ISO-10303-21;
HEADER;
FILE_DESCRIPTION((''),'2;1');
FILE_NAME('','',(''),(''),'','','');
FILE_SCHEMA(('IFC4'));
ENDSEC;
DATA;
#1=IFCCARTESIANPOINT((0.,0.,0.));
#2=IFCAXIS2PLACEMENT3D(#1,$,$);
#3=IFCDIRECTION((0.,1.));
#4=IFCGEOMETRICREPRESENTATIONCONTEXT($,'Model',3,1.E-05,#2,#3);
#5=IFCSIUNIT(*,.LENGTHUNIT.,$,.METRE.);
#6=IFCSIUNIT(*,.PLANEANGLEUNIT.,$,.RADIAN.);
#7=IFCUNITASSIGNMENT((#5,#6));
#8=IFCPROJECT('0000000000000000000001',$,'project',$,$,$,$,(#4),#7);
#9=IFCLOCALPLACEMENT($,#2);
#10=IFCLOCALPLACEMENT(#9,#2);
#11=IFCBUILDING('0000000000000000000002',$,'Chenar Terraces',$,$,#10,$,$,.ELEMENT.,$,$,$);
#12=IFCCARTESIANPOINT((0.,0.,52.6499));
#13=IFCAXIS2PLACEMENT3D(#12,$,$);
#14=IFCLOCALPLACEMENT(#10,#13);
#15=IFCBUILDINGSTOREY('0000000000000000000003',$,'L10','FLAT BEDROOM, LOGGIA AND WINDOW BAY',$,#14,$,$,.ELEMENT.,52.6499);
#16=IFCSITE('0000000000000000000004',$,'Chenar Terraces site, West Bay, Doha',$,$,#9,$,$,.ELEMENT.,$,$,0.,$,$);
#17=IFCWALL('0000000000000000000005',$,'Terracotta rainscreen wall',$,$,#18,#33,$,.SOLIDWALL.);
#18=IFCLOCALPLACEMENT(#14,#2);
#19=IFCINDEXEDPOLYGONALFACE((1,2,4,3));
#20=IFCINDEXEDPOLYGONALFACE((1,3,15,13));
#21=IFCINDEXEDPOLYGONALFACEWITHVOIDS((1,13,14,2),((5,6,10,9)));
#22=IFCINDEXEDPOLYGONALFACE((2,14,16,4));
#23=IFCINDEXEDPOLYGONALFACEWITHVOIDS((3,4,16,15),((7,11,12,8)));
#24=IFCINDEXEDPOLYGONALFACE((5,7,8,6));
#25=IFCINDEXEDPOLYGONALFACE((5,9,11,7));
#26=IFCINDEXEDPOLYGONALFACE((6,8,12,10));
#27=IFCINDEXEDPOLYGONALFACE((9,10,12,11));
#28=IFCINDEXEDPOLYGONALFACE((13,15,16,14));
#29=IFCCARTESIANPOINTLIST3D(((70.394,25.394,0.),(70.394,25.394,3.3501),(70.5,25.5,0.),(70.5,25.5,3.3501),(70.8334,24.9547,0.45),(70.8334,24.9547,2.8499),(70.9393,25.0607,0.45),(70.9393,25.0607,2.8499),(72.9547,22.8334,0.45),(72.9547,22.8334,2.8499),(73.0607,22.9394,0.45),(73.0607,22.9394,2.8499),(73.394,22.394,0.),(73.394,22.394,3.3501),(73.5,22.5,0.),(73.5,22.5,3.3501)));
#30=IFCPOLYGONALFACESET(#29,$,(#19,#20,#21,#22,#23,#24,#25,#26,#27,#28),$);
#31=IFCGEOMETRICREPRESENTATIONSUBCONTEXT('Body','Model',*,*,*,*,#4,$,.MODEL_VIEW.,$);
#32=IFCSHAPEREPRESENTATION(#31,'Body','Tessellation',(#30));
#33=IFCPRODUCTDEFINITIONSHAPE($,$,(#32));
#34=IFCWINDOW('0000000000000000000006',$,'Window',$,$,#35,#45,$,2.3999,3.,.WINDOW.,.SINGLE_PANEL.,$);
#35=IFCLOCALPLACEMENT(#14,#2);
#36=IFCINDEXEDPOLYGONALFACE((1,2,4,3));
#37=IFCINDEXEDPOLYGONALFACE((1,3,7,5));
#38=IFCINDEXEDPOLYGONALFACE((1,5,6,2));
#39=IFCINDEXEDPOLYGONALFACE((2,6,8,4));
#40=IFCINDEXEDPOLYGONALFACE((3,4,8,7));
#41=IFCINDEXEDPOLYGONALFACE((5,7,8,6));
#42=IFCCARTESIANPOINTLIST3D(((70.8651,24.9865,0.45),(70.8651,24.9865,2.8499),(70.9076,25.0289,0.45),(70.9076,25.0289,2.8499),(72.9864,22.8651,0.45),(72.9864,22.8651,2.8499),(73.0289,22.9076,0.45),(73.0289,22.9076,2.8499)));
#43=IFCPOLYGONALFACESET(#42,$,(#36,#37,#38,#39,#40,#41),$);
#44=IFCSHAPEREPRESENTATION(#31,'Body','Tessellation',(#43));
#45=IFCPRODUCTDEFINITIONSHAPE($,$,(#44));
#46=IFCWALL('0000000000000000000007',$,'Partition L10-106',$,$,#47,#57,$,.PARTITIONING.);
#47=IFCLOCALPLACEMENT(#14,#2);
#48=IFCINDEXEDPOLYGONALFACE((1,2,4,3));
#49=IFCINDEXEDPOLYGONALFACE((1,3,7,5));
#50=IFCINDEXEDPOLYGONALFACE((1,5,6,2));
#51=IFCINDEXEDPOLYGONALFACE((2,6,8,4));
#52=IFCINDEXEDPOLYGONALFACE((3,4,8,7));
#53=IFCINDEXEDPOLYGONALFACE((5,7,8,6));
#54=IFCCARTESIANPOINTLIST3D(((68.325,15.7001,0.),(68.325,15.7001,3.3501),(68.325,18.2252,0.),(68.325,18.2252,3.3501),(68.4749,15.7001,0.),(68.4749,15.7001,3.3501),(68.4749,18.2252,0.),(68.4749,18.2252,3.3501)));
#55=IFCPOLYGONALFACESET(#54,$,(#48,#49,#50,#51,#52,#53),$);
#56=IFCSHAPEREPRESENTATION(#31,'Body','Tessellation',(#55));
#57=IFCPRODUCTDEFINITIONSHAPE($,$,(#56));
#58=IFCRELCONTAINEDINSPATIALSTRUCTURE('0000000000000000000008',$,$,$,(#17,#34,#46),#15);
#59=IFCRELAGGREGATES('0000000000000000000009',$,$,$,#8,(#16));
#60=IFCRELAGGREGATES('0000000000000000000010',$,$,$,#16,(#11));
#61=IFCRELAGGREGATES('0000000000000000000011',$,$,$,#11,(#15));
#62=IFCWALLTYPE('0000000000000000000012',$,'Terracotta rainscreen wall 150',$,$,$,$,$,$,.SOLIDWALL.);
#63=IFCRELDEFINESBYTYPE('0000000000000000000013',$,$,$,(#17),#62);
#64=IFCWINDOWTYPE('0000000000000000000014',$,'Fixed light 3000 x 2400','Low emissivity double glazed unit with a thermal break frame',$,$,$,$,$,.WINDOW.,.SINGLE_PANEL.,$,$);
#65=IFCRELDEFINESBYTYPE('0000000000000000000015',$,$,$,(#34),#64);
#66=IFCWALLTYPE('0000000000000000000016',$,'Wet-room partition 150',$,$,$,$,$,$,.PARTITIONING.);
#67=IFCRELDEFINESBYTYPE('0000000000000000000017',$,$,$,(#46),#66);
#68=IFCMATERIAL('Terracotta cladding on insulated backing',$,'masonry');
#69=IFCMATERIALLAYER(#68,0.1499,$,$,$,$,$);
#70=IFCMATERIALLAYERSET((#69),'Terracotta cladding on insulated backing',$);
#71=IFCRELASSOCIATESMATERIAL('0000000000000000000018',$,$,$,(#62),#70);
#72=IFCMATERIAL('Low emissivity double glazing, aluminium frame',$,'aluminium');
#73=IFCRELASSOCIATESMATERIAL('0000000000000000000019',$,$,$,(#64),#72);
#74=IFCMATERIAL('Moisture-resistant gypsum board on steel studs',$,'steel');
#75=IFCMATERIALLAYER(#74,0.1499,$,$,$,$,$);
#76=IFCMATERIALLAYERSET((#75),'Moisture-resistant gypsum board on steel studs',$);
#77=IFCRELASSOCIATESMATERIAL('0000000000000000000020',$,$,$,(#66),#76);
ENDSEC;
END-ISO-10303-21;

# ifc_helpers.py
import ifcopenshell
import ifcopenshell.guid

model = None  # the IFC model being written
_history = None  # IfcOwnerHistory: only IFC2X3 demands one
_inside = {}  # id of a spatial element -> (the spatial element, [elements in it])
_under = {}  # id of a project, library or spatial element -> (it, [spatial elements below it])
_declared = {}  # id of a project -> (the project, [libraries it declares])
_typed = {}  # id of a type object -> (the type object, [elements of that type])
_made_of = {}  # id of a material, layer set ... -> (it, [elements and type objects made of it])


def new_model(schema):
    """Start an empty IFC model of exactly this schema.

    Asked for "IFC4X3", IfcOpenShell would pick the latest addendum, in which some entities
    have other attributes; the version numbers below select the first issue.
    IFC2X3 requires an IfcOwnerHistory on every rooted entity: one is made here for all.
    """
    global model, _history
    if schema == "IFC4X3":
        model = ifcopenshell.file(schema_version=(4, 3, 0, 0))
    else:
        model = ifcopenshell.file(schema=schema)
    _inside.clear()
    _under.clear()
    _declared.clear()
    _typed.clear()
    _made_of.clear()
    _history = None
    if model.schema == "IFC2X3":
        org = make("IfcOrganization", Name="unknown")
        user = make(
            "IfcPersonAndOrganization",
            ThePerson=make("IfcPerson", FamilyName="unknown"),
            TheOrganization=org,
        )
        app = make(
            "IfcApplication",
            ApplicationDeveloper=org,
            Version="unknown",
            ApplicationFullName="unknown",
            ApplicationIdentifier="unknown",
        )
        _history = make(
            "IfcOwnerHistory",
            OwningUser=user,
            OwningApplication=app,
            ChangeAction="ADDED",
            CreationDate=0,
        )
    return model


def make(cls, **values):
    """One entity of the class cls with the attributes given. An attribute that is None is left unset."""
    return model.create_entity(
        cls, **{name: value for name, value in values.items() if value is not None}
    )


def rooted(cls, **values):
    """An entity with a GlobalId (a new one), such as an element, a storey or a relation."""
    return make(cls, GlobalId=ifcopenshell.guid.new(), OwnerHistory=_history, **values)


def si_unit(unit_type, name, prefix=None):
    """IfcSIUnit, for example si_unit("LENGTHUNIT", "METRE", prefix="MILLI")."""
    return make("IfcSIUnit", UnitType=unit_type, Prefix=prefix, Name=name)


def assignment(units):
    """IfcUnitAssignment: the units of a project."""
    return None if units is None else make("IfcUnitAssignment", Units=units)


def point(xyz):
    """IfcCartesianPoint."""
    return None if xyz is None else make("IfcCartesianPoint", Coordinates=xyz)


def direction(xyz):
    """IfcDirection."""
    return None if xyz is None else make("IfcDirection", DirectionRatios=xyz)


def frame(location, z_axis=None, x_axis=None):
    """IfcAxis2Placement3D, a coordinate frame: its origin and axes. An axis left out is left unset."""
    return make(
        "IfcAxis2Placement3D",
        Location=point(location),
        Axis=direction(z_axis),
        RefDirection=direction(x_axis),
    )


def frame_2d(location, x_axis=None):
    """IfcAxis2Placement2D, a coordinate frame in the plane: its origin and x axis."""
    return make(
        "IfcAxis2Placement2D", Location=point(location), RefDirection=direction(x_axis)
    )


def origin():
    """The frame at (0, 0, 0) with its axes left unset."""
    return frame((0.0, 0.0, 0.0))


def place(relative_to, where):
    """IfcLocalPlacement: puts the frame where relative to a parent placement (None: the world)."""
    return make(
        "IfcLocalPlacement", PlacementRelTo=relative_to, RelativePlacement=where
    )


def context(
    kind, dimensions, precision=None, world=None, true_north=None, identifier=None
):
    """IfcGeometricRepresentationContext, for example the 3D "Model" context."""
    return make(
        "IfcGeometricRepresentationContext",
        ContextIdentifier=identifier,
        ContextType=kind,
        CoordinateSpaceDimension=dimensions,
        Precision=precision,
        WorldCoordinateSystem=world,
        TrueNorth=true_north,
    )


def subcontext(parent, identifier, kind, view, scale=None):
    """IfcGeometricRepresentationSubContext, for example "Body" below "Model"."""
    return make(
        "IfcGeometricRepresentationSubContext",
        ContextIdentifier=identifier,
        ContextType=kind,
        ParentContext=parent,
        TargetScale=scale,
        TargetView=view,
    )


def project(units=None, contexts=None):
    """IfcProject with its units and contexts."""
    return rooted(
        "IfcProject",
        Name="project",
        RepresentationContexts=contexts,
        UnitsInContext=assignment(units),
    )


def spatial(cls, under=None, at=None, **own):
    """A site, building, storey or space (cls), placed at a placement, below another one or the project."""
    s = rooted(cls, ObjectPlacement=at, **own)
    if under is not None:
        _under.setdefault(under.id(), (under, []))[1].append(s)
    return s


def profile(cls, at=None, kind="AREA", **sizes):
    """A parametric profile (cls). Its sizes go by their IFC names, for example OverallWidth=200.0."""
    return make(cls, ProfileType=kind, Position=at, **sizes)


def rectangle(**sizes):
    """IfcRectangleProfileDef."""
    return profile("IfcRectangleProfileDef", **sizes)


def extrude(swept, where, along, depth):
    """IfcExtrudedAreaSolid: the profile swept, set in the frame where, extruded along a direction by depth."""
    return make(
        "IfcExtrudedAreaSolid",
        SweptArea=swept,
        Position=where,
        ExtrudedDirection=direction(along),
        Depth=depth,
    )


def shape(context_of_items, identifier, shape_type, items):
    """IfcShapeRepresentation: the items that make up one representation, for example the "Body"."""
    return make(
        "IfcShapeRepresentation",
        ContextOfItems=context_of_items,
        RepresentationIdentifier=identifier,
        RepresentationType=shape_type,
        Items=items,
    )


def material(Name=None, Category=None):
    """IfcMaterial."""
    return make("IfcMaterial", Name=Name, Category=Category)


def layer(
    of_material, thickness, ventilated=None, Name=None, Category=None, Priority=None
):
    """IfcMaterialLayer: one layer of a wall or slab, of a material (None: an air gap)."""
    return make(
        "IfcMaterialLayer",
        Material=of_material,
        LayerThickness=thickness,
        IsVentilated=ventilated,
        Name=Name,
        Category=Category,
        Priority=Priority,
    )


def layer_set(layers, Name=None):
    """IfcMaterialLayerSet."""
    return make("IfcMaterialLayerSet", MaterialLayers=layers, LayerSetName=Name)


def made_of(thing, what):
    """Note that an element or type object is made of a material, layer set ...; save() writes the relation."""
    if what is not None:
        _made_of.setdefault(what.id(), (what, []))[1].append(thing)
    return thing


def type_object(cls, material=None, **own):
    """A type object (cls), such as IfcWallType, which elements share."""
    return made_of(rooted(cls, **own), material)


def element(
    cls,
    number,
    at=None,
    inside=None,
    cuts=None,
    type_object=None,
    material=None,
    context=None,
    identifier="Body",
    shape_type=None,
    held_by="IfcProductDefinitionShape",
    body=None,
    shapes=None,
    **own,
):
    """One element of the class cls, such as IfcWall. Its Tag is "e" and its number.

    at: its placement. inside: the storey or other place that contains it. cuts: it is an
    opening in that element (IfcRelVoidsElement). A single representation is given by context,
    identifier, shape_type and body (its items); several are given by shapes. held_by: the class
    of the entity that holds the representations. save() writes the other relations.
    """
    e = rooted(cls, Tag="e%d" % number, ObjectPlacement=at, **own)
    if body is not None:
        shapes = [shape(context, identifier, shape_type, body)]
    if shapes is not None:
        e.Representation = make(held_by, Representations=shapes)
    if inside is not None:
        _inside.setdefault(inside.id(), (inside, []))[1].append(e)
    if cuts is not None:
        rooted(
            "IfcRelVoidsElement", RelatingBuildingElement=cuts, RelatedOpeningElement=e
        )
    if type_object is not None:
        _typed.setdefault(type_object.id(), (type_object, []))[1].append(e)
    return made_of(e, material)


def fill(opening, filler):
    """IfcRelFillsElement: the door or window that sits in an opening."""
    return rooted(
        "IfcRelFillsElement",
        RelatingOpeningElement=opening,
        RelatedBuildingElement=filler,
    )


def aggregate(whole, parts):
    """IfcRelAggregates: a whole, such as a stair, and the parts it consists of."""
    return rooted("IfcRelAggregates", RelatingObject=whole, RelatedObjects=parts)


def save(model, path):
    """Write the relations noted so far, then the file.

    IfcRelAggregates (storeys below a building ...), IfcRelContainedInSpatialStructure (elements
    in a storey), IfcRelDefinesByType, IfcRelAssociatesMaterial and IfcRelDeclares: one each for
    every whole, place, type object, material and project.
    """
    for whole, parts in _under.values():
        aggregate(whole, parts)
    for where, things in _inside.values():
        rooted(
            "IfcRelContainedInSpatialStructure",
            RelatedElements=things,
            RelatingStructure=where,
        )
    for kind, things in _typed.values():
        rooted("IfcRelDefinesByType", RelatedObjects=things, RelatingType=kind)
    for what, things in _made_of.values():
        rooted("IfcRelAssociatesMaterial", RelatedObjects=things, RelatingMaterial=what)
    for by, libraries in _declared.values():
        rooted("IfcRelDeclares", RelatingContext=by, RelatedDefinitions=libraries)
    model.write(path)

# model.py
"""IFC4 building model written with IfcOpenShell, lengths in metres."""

from ifc_helpers import new_model, si_unit, direction, frame, frame_2d, origin, place, context, subcontext, project, spatial, rectangle, extrude, material, layer, layer_set, type_object, element, fill, save


model = new_model("IFC4")

# Units and contexts
model_context = context("Model", 3, precision=1e-05, world=origin(), true_north=direction((0.0, 1.0)))
body_context = subcontext(model_context, "Body", "Model", "MODEL_VIEW")
ifc_project = project(units=[si_unit("LENGTHUNIT", "METRE"), si_unit("PLANEANGLEUNIT", "RADIAN")], contexts=[model_context])

# Site, building, storey
site_placement = place(None, origin())
site = spatial("IfcSite", under=ifc_project, at=site_placement, Name="Chenar Terraces site, West Bay, Doha", CompositionType="ELEMENT", RefElevation=0.0)
building_placement = place(site_placement, origin())
building = spatial("IfcBuilding", under=site, at=building_placement, Name="Chenar Terraces", CompositionType="ELEMENT")
storey_placement = place(building_placement, frame((0.0, 0.0, 52.6499)))
storey = spatial("IfcBuildingStorey", under=building, at=storey_placement, Name="L10", Description="FLAT BEDROOM, LOGGIA AND WINDOW BAY", CompositionType="ELEMENT", Elevation=52.6499)

# Wall, opening, window
ifc_material_1 = material(Name="Terracotta cladding on insulated backing", Category="masonry")
ifc_layer_1 = layer(ifc_material_1, 0.1499)
ifc_layer_set_1 = layer_set([ifc_layer_1], Name="Terracotta cladding on insulated backing")
wall_type_1 = type_object("IfcWallType", Name="Terracotta rainscreen wall 150", PredefinedType="SOLIDWALL", material=ifc_layer_set_1)
wall_1_placement = place(storey_placement, frame((73.447, 22.447, 0.0), z_axis=(0.0, 0.0, 1.0), x_axis=(-0.707107, 0.707107, 0.0)))
wall_1 = element("IfcWall", 1, at=wall_1_placement, inside=storey, type_object=wall_type_1, Name="Terracotta rainscreen wall", PredefinedType="SOLIDWALL", context=body_context, shape_type="SweptSolid", body=[
    extrude(rectangle(XDim=4.2427, YDim=0.1499, at=frame_2d((2.1213, 0.0))), origin(), (0.0, 0.0, 1.0), 3.3501),
])
opening_1_placement = place(wall_1_placement, frame((0.6213, 0.0, 0.45)))
opening_1 = element("IfcOpeningElement", 2, at=opening_1_placement, cuts=wall_1, PredefinedType="OPENING", context=body_context, shape_type="SweptSolid", body=[
    extrude(rectangle(XDim=3.0, YDim=2.3999, at=frame_2d((1.5, 1.2))), frame((0.0, 0.085, 0.0), z_axis=(0.0, -1.0, 0.0), x_axis=(1.0, 0.0, 0.0)), (0.0, 0.0, 1.0), 0.1699),
])
ifc_material_2 = material(Name="Low emissivity double glazing, aluminium frame", Category="aluminium")
window_type_1 = type_object("IfcWindowType", Name="Fixed light 3000 x 2400", Description="Low emissivity double glazed unit with a thermal break frame", PartitioningType="SINGLE_PANEL", PredefinedType="WINDOW", material=ifc_material_2)
window_1_placement = place(opening_1_placement, origin())
window_1 = element("IfcWindow", 3, at=window_1_placement, inside=storey, type_object=window_type_1, Name="Window", OverallHeight=2.3999, OverallWidth=3.0, PartitioningType="SINGLE_PANEL", PredefinedType="WINDOW", context=body_context, shape_type="SweptSolid", body=[
    extrude(rectangle(XDim=3.0, YDim=2.3999, at=frame_2d((1.5, 1.2))), frame((0.0, 0.03, 0.0), z_axis=(0.0, -1.0, 0.0), x_axis=(1.0, 0.0, 0.0)), (0.0, 0.0, 1.0), 0.0601),
])
fill(opening_1, window_1)

# Wall
ifc_material_3 = material(Name="Moisture-resistant gypsum board on steel studs", Category="steel")
ifc_layer_2 = layer(ifc_material_3, 0.1499)
ifc_layer_set_2 = layer_set([ifc_layer_2], Name="Moisture-resistant gypsum board on steel studs")
wall_type_2 = type_object("IfcWallType", Name="Wet-room partition 150", PredefinedType="PARTITIONING", material=ifc_layer_set_2)
wall_2_placement = place(storey_placement, frame((68.3999, 15.7, 0.0), z_axis=(0.0, 0.0, 1.0), x_axis=(0.0, 1.0, 0.0)))
element("IfcWall", 4, at=wall_2_placement, inside=storey, type_object=wall_type_2, Name="Partition L10-106", PredefinedType="PARTITIONING", context=body_context, shape_type="SweptSolid", body=[
    extrude(rectangle(XDim=2.5251, YDim=0.1499, at=frame_2d((1.2627, 0.0))), origin(), (0.0, 0.0, 1.0), 3.3501),
])

save(model, "model.ifc")
